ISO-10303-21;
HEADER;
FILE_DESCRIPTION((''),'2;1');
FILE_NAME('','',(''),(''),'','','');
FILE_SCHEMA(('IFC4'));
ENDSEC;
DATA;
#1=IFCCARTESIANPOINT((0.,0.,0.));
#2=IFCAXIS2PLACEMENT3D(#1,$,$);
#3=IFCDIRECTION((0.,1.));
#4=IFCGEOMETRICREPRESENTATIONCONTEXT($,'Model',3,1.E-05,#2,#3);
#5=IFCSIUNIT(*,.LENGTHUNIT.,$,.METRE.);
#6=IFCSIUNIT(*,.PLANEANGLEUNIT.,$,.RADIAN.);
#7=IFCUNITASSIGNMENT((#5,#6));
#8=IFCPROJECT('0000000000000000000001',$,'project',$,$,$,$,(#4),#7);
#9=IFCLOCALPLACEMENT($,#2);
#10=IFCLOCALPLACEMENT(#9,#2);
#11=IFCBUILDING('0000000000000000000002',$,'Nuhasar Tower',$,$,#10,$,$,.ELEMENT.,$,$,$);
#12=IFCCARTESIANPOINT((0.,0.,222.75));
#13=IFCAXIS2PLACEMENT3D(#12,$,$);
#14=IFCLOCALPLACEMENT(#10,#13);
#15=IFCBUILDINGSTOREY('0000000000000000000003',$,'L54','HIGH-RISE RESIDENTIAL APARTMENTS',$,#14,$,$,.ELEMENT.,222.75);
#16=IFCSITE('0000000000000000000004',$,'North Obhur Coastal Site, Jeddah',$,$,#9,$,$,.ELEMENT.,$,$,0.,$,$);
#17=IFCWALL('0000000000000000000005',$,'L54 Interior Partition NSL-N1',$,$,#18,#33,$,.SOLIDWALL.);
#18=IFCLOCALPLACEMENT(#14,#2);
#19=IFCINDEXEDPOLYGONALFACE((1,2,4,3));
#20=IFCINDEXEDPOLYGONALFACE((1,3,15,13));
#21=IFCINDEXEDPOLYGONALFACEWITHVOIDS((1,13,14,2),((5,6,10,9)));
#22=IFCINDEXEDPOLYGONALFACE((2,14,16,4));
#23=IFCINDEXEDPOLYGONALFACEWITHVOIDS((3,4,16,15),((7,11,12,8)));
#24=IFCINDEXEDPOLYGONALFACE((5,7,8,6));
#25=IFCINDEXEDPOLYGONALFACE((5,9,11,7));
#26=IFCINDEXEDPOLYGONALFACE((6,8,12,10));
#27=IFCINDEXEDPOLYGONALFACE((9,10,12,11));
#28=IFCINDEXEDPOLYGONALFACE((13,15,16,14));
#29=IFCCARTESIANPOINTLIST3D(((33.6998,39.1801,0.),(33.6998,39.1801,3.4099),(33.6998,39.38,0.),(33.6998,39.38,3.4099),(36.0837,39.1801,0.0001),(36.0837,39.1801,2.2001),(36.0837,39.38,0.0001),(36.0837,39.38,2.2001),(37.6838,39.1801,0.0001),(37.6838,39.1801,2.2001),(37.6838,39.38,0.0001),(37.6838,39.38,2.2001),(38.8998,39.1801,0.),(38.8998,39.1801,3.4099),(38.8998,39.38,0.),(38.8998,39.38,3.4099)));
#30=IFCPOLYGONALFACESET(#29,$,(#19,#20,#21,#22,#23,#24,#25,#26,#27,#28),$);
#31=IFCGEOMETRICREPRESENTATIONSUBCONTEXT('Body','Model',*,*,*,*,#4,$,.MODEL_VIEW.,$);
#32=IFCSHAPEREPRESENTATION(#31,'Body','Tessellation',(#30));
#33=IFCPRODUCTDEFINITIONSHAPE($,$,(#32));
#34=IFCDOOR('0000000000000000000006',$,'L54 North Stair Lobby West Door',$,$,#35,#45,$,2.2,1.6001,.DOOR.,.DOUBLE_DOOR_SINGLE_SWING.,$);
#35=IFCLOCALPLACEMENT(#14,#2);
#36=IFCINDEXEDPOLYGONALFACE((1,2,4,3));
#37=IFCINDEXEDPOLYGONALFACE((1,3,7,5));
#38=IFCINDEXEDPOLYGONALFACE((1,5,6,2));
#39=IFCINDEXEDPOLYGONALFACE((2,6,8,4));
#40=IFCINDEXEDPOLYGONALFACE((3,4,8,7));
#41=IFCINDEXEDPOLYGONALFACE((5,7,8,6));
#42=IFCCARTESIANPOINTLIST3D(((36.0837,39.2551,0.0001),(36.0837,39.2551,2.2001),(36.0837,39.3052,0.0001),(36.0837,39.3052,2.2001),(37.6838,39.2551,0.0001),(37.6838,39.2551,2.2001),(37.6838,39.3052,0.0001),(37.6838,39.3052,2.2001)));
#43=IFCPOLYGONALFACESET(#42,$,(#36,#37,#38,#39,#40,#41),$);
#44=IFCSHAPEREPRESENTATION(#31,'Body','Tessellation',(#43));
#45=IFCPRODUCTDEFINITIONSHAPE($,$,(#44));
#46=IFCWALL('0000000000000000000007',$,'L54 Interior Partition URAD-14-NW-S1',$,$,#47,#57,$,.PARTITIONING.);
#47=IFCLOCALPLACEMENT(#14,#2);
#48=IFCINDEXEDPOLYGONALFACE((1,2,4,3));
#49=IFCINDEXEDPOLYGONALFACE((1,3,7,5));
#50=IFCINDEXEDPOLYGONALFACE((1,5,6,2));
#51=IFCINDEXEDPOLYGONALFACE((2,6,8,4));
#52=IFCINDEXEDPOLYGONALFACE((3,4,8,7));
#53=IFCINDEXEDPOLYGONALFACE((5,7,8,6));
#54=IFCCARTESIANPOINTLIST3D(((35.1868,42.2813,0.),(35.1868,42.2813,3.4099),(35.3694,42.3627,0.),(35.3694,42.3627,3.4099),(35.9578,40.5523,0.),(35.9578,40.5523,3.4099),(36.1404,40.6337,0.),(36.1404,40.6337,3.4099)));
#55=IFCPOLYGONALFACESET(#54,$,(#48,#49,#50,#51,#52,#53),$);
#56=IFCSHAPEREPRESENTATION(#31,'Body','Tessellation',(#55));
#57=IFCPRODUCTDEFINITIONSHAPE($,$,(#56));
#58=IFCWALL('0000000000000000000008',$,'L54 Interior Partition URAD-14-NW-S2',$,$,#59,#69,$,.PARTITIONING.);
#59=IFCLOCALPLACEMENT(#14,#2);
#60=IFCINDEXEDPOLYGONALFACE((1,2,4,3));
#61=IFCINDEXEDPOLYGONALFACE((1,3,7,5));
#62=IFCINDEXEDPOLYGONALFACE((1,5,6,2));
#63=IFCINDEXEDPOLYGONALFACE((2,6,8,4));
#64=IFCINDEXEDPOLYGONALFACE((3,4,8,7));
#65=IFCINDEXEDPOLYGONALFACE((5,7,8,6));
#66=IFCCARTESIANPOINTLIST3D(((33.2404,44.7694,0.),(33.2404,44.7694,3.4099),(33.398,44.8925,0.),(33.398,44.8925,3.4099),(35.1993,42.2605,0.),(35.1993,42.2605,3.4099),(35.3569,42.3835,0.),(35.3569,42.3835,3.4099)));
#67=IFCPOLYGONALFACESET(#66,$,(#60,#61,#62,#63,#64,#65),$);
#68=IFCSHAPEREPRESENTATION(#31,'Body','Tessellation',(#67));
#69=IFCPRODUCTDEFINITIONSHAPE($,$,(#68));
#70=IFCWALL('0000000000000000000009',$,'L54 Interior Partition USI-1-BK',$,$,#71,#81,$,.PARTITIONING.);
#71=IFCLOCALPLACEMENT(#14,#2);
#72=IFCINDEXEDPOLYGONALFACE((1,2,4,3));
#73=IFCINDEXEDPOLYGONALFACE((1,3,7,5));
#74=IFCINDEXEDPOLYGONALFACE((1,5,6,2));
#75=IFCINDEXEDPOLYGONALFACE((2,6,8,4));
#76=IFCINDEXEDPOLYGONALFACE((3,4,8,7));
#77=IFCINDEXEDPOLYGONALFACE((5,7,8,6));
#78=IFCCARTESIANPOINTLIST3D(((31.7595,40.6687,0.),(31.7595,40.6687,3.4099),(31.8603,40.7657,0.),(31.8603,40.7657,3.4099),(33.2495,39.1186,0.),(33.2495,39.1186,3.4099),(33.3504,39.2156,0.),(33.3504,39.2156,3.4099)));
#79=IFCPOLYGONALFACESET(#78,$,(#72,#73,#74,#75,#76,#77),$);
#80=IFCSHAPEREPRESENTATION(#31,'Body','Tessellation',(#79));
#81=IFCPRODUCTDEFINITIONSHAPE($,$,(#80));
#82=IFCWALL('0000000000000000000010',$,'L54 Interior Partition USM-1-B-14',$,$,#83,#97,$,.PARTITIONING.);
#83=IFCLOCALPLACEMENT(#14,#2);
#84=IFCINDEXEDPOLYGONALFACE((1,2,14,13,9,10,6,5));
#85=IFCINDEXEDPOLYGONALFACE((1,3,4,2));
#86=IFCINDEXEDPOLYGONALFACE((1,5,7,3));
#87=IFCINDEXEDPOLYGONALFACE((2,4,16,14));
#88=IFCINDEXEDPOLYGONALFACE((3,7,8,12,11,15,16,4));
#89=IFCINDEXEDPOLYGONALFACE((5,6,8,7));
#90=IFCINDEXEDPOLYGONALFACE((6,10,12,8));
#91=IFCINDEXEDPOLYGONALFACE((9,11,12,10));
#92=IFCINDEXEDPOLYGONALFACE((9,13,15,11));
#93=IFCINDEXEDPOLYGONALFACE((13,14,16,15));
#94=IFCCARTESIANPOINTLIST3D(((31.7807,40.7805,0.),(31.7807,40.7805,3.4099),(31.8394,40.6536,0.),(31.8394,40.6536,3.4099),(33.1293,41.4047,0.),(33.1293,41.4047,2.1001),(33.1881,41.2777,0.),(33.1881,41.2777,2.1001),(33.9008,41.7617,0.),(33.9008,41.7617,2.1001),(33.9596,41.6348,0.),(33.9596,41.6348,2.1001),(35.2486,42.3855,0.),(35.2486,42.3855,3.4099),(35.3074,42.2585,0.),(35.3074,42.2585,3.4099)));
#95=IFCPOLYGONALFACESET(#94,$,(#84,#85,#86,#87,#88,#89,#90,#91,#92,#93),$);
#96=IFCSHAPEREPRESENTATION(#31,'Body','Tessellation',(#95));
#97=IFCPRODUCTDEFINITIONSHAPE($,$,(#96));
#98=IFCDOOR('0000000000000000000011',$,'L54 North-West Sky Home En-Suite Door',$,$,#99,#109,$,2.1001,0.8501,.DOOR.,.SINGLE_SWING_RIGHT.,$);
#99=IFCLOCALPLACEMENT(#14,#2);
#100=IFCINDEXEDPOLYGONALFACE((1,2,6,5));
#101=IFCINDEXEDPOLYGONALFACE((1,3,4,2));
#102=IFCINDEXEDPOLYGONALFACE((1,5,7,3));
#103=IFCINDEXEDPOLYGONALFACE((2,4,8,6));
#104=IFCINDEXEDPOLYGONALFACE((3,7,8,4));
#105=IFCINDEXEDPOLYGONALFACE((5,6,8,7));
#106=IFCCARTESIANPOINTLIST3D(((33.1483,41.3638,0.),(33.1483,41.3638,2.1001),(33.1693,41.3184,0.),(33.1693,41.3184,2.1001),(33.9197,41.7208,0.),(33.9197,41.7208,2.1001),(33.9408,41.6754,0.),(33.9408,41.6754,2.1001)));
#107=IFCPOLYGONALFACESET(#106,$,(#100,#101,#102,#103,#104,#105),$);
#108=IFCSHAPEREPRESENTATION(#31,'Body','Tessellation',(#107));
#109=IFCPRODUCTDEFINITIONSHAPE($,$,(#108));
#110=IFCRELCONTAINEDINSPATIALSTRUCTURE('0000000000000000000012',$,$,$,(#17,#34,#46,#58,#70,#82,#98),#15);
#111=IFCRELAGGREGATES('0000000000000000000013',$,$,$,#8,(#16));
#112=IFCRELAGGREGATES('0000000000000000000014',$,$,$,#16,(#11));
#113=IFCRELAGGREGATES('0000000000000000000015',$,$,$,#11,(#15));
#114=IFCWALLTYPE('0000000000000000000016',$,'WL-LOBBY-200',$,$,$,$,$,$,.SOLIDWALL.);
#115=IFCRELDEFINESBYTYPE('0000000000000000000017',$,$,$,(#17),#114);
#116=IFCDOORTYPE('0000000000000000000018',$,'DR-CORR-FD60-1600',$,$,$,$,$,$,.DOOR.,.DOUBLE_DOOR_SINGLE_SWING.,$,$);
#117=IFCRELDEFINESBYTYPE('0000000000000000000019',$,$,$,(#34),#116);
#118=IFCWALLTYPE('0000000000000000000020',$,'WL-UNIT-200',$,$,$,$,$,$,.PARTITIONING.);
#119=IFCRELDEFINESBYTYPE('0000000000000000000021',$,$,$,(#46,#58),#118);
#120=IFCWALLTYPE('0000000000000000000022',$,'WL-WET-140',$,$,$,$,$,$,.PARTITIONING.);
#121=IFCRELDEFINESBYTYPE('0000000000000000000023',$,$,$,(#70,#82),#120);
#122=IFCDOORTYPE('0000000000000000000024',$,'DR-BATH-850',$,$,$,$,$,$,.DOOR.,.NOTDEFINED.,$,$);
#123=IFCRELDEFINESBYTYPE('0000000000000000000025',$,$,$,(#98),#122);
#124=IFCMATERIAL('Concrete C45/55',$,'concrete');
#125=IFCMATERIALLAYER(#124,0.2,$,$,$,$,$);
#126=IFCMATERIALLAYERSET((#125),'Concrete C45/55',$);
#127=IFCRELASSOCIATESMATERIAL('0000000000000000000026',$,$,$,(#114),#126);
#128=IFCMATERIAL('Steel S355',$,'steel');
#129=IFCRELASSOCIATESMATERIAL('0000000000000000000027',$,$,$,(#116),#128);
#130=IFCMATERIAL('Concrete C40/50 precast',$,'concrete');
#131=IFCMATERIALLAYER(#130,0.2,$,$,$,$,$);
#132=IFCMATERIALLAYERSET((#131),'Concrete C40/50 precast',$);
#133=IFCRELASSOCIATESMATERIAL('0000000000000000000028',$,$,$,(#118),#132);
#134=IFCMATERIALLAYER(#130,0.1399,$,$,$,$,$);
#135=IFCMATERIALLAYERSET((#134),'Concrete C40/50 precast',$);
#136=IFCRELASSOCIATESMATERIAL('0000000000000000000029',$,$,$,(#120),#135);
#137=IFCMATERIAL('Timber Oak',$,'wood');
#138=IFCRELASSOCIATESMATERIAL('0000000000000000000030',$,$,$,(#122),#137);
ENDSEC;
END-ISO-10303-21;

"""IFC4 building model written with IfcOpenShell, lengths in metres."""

from ifc_helpers import new_model, si_unit, direction, frame, frame_2d, origin, place, context, subcontext, project, spatial, rectangle, extrude, material, layer, layer_set, type_object, element, fill, save


model = new_model("IFC4")

# Units and contexts
model_context = context("Model", 3, precision=1e-05, world=origin(), true_north=direction((0.0, 1.0)))
body_context = subcontext(model_context, "Body", "Model", "MODEL_VIEW")
ifc_project = project(units=[si_unit("LENGTHUNIT", "METRE"), si_unit("PLANEANGLEUNIT", "RADIAN")], contexts=[model_context])

# Site, building, storey
site_placement = place(None, origin())
site = spatial("IfcSite", under=ifc_project, at=site_placement, Name="North Obhur Coastal Site, Jeddah", CompositionType="ELEMENT", RefElevation=0.0)
building_placement = place(site_placement, origin())
building = spatial("IfcBuilding", under=site, at=building_placement, Name="Nuhasar Tower", CompositionType="ELEMENT")
storey_placement = place(building_placement, frame((0.0, 0.0, 222.75)))
storey = spatial("IfcBuildingStorey", under=building, at=storey_placement, Name="L54", Description="HIGH-RISE RESIDENTIAL APARTMENTS", CompositionType="ELEMENT", Elevation=222.75)

# Shared definitions
ifc_material_1 = material(Name="Steel S355", Category="steel")

# Shared definitions
ifc_material_2 = material(Name="Concrete C45/55", Category="concrete")
ifc_layer_1 = layer(ifc_material_2, 0.2)
ifc_layer_set_1 = layer_set([ifc_layer_1], Name="Concrete C45/55")
wall_type_1 = type_object("IfcWallType", Name="WL-LOBBY-200", PredefinedType="SOLIDWALL", material=ifc_layer_set_1)

# Wall, opening, door
wall_1_placement = place(storey_placement, frame((38.8999, 39.28, 0.0), z_axis=(0.0, 0.0, 1.0), x_axis=(-1.0, 0.0, 0.0)))
wall_1 = element("IfcWall", 1, at=wall_1_placement, inside=storey, type_object=wall_type_1, Name="L54 Interior Partition NSL-N1", PredefinedType="SOLIDWALL", context=body_context, shape_type="SweptSolid", body=[
    extrude(rectangle(XDim=5.2, YDim=0.2, at=frame_2d((2.6001, 0.0))), origin(), (0.0, 0.0, 1.0), 3.4099),
])
opening_1_placement = place(wall_1_placement, frame((1.2161, 0.0, 0.0)))
opening_1 = element("IfcOpeningElement", 2, at=opening_1_placement, cuts=wall_1, PredefinedType="OPENING", context=body_context, shape_type="SweptSolid", body=[
    extrude(rectangle(XDim=1.6001, YDim=2.2, at=frame_2d((0.8, 1.1001))), frame((0.0, 0.1099, 0.0), z_axis=(0.0, -1.0, 0.0), x_axis=(1.0, 0.0, 0.0)), (0.0, 0.0, 1.0), 0.22),
])
door_type_1 = type_object("IfcDoorType", Name="DR-CORR-FD60-1600", OperationType="DOUBLE_DOOR_SINGLE_SWING", PredefinedType="DOOR", material=ifc_material_1)
door_1_placement = place(opening_1_placement, origin())
door_1 = element("IfcDoor", 3, at=door_1_placement, inside=storey, type_object=door_type_1, Name="L54 North Stair Lobby West Door", OperationType="DOUBLE_DOOR_SINGLE_SWING", OverallHeight=2.2, OverallWidth=1.6001, PredefinedType="DOOR", context=body_context, shape_type="SweptSolid", body=[
    extrude(rectangle(XDim=1.6001, YDim=2.2, at=frame_2d((0.8, 1.1001))), frame((0.0, 0.0249, 0.0), z_axis=(0.0, -1.0, 0.0), x_axis=(1.0, 0.0, 0.0)), (0.0, 0.0, 1.0), 0.05),
])
fill(opening_1, door_1)

# Walls
ifc_material_3 = material(Name="Concrete C40/50 precast", Category="concrete")
ifc_layer_2 = layer(ifc_material_3, 0.2)
ifc_layer_set_2 = layer_set([ifc_layer_2], Name="Concrete C40/50 precast")
wall_type_2 = type_object("IfcWallType", Name="WL-UNIT-200", PredefinedType="PARTITIONING", material=ifc_layer_set_2)
wall_2_placement = place(storey_placement, frame((36.0491, 40.593, 0.0), z_axis=(0.0, 0.0, 1.0), x_axis=(-0.407263, 0.913311, 0.0)))
element("IfcWall", 4, at=wall_2_placement, inside=storey, type_object=wall_type_2, Name="L54 Interior Partition URAD-14-NW-S1", PredefinedType="PARTITIONING", context=body_context, shape_type="SweptSolid", body=[
    extrude(rectangle(XDim=1.8931, YDim=0.2, at=frame_2d((0.9465, 0.0))), origin(), (0.0, 0.0, 1.0), 3.4099),
])
wall_3_placement = place(storey_placement, frame((35.2781, 42.322, 0.0), z_axis=(0.0, 0.0, 1.0), x_axis=(-0.61541, 0.788207, 0.0)))
element("IfcWall", 5, at=wall_3_placement, inside=storey, type_object=wall_type_2, Name="L54 Interior Partition URAD-14-NW-S2", PredefinedType="PARTITIONING", context=body_context, shape_type="SweptSolid", body=[
    extrude(rectangle(XDim=3.1831, YDim=0.2, at=frame_2d((1.5916, 0.0))), origin(), (0.0, 0.0, 1.0), 3.4099),
])
ifc_layer_3 = layer(ifc_material_3, 0.1399)
ifc_layer_set_3 = layer_set([ifc_layer_3], Name="Concrete C40/50 precast")
wall_type_3 = type_object("IfcWallType", Name="WL-WET-140", PredefinedType="PARTITIONING", material=ifc_layer_set_3)
wall_4_placement = place(storey_placement, frame((33.3, 39.167, 0.0), z_axis=(0.0, 0.0, 1.0), x_axis=(-0.693002, 0.720936, 0.0)))
element("IfcWall", 6, at=wall_4_placement, inside=storey, type_object=wall_type_3, Name="L54 Interior Partition USI-1-BK", PredefinedType="PARTITIONING", context=body_context, shape_type="SweptSolid", body=[
    extrude(rectangle(XDim=2.1501, YDim=0.1399, at=frame_2d((1.0752, 0.0))), origin(), (0.0, 0.0, 1.0), 3.4099),
])

# Wall, opening, door
wall_5_placement = place(storey_placement, frame((31.8101, 40.717, 0.0), z_axis=(0.0, 0.0, 1.0), x_axis=(0.907525, 0.419998, 0.0)))
wall_5 = element("IfcWall", 7, at=wall_5_placement, inside=storey, type_object=wall_type_3, Name="L54 Interior Partition USM-1-B-14", PredefinedType="PARTITIONING", context=body_context, shape_type="SweptSolid", body=[
    extrude(rectangle(XDim=3.8213, YDim=0.1399, at=frame_2d((1.9106, 0.0))), origin(), (0.0, 0.0, 1.0), 3.4099),
])
opening_2_placement = place(wall_5_placement, frame((1.4861, 0.0, 0.0)))
opening_2 = element("IfcOpeningElement", 8, at=opening_2_placement, cuts=wall_5, PredefinedType="OPENING", context=body_context, shape_type="SweptSolid", body=[
    extrude(rectangle(XDim=0.8501, YDim=2.1001, at=frame_2d((0.425, 1.05))), frame((0.0, 0.0801, 0.0), z_axis=(0.0, -1.0, 0.0), x_axis=(1.0, 0.0, 0.0)), (0.0, 0.0, 1.0), 0.1599),
])
ifc_material_4 = material(Name="Timber Oak", Category="wood")
door_type_2 = type_object("IfcDoorType", Name="DR-BATH-850", OperationType="NOTDEFINED", PredefinedType="DOOR", material=ifc_material_4)
door_2_placement = place(opening_2_placement, origin())
door_2 = element("IfcDoor", 9, at=door_2_placement, inside=storey, type_object=door_type_2, Name="L54 North-West Sky Home En-Suite Door", OperationType="SINGLE_SWING_RIGHT", OverallHeight=2.1001, OverallWidth=0.8501, PredefinedType="DOOR", context=body_context, shape_type="SweptSolid", body=[
    extrude(rectangle(XDim=0.8501, YDim=2.1001, at=frame_2d((0.425, 1.05))), frame((0.0, 0.0249, 0.0), z_axis=(0.0, -1.0, 0.0), x_axis=(1.0, 0.0, 0.0)), (0.0, 0.0, 1.0), 0.05),
])
fill(opening_2, door_2)

save(model, "model.ifc")
